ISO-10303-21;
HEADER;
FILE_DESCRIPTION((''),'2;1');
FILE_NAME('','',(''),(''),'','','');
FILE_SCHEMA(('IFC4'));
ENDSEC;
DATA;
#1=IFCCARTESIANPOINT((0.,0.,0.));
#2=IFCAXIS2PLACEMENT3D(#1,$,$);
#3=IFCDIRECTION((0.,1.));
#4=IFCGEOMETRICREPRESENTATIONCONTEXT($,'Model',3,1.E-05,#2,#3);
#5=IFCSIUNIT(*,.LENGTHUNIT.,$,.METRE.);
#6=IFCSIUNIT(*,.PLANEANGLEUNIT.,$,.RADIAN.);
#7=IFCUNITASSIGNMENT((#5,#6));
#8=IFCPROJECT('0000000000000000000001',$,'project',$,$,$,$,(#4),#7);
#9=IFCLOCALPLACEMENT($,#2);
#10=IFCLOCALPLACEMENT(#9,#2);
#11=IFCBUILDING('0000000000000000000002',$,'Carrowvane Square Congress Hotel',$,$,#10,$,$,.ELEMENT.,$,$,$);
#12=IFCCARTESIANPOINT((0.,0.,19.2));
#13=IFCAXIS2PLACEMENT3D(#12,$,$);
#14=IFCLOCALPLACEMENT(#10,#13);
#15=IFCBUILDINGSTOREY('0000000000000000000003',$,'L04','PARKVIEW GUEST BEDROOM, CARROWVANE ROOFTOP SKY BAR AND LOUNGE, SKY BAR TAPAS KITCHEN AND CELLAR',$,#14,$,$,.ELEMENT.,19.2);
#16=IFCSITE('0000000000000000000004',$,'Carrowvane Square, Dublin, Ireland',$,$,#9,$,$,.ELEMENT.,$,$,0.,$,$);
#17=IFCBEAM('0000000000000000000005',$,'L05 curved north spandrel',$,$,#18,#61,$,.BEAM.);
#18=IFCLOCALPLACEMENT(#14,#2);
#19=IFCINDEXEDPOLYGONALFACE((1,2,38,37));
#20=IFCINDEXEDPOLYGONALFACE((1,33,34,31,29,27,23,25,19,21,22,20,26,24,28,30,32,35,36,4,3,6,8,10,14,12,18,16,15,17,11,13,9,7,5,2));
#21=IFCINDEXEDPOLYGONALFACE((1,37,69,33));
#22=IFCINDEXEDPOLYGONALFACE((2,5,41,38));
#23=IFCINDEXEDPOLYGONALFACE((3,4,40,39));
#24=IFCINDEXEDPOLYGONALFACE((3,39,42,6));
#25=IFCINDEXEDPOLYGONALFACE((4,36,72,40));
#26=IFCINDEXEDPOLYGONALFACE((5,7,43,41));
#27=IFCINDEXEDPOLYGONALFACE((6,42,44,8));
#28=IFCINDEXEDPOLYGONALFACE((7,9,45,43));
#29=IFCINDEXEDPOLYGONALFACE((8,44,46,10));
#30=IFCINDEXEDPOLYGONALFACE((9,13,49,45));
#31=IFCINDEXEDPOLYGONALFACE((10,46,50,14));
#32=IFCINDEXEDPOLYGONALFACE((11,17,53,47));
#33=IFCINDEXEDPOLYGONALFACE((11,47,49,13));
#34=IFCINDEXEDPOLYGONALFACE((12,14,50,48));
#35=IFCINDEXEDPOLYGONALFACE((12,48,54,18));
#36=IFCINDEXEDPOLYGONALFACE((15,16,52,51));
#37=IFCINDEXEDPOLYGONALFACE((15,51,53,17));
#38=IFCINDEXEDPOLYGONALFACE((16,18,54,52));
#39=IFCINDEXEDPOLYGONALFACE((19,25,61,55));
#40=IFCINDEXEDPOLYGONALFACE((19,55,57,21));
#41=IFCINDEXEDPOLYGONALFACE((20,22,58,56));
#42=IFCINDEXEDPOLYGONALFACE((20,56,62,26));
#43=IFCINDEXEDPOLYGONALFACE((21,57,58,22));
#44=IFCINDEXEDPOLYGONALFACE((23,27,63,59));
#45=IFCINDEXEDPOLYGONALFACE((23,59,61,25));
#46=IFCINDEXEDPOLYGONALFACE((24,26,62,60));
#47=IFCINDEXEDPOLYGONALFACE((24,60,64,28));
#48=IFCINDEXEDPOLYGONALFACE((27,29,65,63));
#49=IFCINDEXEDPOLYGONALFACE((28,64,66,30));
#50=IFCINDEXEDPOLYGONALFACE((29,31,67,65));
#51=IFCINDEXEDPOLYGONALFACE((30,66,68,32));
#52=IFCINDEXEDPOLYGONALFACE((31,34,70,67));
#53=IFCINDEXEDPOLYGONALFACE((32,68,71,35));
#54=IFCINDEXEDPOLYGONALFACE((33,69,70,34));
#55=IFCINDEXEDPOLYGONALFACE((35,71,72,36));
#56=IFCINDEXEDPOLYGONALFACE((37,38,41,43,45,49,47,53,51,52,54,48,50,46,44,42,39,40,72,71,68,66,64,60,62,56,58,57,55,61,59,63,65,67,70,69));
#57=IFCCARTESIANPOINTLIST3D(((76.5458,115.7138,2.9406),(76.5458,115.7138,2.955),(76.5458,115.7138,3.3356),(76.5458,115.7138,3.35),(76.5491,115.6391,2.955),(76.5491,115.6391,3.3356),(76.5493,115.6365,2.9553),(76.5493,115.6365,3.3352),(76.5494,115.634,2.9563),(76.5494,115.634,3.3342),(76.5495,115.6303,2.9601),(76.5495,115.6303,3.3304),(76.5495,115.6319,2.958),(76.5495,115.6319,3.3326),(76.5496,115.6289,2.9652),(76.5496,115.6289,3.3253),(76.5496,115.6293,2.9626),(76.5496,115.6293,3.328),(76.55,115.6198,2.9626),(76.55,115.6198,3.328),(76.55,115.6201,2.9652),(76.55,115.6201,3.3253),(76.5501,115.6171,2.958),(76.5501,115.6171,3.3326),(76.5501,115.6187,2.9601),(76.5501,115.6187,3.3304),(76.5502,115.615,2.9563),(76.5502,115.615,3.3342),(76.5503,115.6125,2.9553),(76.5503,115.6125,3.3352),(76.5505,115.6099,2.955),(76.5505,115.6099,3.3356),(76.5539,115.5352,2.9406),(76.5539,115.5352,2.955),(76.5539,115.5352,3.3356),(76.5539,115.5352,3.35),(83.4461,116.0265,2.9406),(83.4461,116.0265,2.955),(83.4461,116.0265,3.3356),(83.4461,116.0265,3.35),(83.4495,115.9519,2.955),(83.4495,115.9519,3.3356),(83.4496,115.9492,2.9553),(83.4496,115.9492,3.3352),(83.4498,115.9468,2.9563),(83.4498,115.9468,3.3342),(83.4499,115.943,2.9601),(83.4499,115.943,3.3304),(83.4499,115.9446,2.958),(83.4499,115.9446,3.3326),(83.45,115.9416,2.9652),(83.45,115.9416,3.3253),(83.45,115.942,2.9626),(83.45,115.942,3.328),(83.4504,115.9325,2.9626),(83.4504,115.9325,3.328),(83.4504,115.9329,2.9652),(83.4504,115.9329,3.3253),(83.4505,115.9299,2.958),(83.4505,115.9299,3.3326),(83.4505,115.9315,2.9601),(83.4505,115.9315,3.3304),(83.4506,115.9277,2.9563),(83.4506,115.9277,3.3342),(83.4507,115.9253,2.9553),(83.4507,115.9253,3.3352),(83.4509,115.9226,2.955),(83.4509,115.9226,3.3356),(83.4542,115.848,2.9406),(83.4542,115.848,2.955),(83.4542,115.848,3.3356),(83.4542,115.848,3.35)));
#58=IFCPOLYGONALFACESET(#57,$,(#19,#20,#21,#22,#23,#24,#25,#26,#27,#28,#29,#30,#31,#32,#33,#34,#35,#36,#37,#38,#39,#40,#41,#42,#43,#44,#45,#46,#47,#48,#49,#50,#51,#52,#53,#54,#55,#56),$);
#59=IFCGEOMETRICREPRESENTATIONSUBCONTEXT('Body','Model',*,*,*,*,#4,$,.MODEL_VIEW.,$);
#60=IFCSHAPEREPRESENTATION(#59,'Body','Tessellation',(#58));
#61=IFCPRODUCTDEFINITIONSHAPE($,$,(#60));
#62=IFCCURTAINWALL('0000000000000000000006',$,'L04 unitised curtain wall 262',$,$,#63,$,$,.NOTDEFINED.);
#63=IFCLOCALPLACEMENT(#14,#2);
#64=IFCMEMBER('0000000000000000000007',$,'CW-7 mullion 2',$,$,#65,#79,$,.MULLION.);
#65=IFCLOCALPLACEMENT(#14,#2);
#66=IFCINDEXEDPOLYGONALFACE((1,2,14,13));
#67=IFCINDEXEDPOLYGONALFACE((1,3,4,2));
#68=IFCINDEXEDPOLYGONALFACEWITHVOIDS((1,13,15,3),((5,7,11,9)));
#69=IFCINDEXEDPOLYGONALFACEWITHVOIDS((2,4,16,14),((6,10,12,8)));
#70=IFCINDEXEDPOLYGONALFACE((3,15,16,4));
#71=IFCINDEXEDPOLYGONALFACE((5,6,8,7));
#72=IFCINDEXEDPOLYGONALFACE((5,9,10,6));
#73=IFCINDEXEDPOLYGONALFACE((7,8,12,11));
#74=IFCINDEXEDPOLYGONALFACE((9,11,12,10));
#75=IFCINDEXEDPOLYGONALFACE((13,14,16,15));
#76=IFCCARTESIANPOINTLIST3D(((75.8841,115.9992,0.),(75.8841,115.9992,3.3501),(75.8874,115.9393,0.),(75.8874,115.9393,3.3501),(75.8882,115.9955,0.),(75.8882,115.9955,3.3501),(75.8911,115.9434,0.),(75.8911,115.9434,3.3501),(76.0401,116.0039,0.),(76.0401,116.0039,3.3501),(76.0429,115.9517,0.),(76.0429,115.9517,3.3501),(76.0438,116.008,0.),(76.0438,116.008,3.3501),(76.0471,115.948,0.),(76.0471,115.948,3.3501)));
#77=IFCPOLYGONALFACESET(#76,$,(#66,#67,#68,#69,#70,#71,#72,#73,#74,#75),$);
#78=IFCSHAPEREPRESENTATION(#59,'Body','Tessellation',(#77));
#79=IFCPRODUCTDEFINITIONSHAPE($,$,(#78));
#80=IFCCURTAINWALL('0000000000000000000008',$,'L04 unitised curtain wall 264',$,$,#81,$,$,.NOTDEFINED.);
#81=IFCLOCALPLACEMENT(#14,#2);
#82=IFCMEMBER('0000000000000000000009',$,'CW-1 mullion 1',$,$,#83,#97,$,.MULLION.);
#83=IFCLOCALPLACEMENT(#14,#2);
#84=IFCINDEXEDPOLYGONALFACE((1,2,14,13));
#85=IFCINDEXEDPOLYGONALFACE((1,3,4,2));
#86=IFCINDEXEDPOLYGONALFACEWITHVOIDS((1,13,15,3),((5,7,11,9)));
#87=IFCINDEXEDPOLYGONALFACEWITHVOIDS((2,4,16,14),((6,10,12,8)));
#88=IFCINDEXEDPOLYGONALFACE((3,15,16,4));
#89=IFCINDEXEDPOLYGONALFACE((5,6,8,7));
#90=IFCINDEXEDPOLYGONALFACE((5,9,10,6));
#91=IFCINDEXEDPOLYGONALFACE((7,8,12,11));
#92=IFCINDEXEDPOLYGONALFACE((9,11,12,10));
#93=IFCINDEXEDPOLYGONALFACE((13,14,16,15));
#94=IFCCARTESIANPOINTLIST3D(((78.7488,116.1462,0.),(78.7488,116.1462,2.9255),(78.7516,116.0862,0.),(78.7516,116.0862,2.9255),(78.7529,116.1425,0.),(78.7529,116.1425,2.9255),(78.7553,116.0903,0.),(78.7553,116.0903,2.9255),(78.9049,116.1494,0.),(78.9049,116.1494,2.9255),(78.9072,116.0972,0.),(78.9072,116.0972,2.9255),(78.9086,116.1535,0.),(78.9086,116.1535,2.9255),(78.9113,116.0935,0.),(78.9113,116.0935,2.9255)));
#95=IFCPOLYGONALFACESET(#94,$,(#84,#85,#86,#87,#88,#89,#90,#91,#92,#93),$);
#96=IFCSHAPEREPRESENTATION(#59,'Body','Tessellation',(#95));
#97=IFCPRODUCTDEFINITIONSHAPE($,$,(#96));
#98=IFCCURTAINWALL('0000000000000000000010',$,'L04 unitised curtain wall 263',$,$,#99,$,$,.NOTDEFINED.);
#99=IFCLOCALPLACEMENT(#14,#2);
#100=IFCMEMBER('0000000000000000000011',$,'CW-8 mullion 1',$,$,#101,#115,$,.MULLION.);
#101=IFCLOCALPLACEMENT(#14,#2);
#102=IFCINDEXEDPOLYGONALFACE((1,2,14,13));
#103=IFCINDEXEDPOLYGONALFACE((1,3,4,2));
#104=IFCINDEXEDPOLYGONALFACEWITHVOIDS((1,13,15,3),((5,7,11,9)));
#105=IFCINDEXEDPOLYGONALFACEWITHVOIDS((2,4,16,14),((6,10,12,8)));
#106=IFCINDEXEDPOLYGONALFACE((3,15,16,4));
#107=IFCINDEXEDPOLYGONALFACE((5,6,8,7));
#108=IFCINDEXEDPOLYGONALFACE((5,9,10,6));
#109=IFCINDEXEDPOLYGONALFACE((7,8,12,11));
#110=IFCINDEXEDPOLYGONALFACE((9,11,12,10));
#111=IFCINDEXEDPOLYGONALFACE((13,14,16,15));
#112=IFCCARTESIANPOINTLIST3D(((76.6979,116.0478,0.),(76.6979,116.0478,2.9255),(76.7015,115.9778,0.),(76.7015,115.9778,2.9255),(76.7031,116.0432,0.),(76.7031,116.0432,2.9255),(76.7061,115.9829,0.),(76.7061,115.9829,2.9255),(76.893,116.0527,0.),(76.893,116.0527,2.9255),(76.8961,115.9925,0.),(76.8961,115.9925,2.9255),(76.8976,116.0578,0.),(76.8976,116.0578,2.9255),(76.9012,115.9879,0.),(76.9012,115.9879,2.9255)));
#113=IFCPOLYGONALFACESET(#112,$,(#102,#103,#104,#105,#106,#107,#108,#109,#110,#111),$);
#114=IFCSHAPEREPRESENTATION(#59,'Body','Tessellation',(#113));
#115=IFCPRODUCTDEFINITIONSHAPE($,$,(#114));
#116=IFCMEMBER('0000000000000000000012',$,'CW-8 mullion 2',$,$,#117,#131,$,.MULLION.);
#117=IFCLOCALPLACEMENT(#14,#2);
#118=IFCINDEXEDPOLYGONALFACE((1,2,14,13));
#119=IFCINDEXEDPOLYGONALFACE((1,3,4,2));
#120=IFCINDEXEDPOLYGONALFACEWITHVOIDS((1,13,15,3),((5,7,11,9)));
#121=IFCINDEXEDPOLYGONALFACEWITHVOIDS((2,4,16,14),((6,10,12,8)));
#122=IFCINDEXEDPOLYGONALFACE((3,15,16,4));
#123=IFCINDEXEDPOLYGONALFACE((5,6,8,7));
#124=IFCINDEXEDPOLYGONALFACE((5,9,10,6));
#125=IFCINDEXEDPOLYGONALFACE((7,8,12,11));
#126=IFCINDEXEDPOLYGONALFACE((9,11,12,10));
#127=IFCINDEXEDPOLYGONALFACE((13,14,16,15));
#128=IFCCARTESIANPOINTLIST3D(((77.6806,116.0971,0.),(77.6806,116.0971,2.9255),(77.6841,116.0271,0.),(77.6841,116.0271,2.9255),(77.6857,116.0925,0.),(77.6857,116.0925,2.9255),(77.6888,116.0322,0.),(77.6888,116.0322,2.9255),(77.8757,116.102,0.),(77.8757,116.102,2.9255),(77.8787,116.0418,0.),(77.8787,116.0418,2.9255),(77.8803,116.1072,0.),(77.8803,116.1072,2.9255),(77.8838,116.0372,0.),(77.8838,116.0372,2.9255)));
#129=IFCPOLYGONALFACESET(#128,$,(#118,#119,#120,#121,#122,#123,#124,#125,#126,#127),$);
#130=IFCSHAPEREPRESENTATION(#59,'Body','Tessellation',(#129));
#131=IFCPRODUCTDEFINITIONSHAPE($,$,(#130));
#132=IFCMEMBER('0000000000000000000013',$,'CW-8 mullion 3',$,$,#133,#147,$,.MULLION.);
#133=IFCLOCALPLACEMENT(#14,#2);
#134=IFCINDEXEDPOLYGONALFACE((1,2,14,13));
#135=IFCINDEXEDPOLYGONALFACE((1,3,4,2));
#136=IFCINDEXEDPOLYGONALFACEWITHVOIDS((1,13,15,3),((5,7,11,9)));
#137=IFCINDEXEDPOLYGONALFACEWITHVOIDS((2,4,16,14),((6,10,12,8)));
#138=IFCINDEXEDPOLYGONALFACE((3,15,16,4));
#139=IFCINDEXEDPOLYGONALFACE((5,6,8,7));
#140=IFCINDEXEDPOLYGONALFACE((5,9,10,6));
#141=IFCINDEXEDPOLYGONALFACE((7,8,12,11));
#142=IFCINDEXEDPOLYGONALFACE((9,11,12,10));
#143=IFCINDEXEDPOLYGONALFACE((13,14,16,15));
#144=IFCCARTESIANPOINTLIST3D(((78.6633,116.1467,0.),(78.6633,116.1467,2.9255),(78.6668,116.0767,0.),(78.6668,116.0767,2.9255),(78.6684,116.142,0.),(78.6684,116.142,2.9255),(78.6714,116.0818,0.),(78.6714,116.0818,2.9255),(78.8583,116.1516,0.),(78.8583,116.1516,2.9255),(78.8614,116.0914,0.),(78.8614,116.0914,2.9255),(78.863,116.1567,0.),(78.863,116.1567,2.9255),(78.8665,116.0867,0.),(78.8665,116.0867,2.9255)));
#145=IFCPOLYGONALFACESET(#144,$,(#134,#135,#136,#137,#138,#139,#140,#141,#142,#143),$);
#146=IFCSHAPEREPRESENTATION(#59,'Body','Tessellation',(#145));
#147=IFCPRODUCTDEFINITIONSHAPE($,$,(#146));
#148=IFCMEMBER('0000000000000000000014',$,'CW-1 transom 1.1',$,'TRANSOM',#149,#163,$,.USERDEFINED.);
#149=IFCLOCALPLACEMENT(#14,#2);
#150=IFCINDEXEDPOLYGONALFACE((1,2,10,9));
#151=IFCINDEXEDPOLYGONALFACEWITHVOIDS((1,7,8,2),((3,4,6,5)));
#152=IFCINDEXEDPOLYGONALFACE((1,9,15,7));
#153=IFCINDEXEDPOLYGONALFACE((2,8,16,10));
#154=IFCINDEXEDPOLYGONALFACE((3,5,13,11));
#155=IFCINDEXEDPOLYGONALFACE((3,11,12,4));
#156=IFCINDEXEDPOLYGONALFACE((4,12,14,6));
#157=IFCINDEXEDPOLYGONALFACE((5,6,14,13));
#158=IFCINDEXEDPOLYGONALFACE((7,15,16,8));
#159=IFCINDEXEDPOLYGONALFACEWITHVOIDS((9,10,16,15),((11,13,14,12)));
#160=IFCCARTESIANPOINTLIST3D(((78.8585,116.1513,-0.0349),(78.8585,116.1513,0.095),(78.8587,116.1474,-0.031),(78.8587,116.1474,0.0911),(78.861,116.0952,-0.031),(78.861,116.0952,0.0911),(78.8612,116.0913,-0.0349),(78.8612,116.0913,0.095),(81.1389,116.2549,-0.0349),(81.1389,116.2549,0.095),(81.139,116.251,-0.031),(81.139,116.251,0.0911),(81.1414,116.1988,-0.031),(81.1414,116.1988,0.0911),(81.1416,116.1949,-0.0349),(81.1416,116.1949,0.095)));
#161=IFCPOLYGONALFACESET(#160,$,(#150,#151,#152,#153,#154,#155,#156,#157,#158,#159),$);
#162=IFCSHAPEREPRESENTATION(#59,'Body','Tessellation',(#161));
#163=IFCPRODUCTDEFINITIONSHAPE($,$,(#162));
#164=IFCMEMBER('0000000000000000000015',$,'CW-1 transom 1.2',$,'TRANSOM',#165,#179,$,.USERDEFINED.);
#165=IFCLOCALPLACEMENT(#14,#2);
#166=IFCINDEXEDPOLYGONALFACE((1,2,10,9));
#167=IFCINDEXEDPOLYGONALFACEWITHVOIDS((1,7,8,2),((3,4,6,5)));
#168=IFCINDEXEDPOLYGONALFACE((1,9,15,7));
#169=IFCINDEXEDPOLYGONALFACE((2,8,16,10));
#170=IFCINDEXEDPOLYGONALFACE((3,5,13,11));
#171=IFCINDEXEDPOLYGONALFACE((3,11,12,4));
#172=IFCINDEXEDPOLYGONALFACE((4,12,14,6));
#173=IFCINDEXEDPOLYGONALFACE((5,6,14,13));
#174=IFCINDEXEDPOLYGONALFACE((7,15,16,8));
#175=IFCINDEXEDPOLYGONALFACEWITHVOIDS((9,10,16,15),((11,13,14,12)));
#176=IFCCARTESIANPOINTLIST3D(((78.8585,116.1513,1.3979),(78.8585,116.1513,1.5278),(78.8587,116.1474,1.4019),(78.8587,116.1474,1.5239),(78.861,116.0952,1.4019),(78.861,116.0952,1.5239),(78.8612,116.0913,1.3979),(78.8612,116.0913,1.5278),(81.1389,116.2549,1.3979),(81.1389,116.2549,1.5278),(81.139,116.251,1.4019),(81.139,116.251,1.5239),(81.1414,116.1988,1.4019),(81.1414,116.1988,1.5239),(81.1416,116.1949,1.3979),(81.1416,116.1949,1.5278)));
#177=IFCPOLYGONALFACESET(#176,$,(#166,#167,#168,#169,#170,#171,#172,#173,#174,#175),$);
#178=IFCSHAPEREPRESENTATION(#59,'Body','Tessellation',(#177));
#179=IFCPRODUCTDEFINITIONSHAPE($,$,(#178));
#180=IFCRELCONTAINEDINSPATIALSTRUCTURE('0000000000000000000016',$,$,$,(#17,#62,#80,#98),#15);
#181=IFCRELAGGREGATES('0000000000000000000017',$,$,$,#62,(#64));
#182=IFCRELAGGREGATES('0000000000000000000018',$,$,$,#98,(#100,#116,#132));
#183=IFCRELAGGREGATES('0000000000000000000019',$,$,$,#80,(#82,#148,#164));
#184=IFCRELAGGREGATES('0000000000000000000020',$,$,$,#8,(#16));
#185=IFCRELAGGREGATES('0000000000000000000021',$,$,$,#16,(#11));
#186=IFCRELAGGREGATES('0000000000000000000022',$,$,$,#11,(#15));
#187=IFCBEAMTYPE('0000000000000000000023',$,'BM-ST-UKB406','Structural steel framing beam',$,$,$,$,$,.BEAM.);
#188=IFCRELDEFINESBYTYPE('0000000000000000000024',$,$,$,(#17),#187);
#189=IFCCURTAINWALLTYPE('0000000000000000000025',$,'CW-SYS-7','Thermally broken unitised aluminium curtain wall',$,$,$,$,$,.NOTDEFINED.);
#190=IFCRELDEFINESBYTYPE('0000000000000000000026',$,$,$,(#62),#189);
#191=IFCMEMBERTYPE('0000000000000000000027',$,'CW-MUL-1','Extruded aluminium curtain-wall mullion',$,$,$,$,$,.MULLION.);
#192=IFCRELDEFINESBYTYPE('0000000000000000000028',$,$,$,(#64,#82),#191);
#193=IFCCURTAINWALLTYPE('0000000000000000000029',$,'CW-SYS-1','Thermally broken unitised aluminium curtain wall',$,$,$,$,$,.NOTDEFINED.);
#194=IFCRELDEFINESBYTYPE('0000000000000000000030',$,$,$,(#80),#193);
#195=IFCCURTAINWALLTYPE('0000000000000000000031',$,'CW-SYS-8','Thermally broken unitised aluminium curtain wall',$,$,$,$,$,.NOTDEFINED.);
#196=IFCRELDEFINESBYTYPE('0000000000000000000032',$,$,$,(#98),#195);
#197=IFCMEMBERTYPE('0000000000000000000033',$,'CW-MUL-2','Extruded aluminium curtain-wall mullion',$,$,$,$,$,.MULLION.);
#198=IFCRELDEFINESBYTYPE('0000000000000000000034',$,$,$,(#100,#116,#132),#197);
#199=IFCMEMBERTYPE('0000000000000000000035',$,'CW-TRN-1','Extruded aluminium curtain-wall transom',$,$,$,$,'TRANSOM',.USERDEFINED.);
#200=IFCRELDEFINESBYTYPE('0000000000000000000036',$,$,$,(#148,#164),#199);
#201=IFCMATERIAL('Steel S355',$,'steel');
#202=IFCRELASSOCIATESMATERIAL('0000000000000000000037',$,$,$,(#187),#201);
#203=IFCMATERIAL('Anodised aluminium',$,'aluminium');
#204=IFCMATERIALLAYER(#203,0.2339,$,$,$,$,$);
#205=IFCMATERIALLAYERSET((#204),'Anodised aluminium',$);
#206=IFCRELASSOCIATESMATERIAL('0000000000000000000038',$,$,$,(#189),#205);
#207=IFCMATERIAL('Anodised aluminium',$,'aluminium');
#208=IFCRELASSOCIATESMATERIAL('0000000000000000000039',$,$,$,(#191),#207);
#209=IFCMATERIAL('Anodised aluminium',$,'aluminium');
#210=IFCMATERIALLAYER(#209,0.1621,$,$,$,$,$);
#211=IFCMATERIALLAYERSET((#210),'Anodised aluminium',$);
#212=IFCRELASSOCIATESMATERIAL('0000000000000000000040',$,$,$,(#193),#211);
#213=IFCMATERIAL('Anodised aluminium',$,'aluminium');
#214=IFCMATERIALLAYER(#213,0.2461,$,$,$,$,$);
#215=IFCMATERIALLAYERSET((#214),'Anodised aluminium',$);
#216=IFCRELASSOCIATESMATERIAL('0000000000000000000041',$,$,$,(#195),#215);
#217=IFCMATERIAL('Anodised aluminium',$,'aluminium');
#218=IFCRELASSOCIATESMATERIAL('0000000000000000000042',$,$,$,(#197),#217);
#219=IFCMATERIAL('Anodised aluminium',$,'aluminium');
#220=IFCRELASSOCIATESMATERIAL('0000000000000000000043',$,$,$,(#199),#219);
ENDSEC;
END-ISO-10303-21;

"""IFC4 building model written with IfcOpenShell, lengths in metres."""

from ifc_helpers import new_model, si_unit, direction, frame, origin, origin_2d, place, context, subcontext, project, spatial, hollow_rectangle, i_section, extrude, material, layer, layer_set, material_profile, profile_set, type_object, element, aggregate, save


model = new_model("IFC4")

# Units and contexts
model_context = context("Model", 3, precision=1e-05, world=origin(), true_north=direction((0.0, 1.0)))
body_context = subcontext(model_context, "Body", "Model", "MODEL_VIEW")
ifc_project = project(units=[si_unit("LENGTHUNIT", "METRE"), si_unit("PLANEANGLEUNIT", "RADIAN")], contexts=[model_context])

# Site, building, storey
site_placement = place(None, origin())
site = spatial("IfcSite", under=ifc_project, at=site_placement, Name="Carrowvane Square, Dublin, Ireland", CompositionType="ELEMENT", RefElevation=0.0)
building_placement = place(site_placement, origin())
building = spatial("IfcBuilding", under=site, at=building_placement, Name="Carrowvane Square Congress Hotel", CompositionType="ELEMENT")
storey_placement = place(building_placement, frame((0.0, 0.0, 19.2)))
storey = spatial("IfcBuildingStorey", under=building, at=storey_placement, Name="L04", Description="PARKVIEW GUEST BEDROOM, CARROWVANE ROOFTOP SKY BAR AND LOUNGE, SKY BAR TAPAS KITCHEN AND CELLAR", CompositionType="ELEMENT", Elevation=19.2)

# Beam
ifc_material_1 = material(Name="Steel S355", Category="steel")
ifc_material_profile_1 = material_profile(ifc_material_1, i_section(OverallWidth=0.1787, OverallDepth=0.4094, WebThickness=0.0088, FlangeThickness=0.0144, FilletRadius=0.0103, at=origin_2d()), Name="UKB 406x178x67")
ifc_profile_set_1 = profile_set([ifc_material_profile_1], Name="Steel S355")
beam_type = type_object("IfcBeamType", Name="BM-ST-UKB406", Description="Structural steel framing beam", PredefinedType="BEAM", material=ifc_profile_set_1)
beam_placement = place(storey_placement, frame((76.5498, 115.6245, 3.1453), z_axis=(0.998975, 0.045276, 0.0), x_axis=(-0.045276, 0.998975, 0.0)))
element("IfcBeam", 1, at=beam_placement, inside=storey, type_object=beam_type, Name="L05 curved north spandrel", PredefinedType="BEAM", context=body_context, shape_type="SweptSolid", body=[
    extrude(i_section(OverallWidth=0.1787, OverallDepth=0.4094, WebThickness=0.0088, FlangeThickness=0.0144, FilletRadius=0.0103, at=origin_2d()), origin(), (0.0, 0.0, 1.0), 6.9075),
])

# Curtain walls, members
ifc_material_2 = material(Name="Anodised aluminium", Category="aluminium")
ifc_layer_1 = layer(ifc_material_2, 0.2339)
ifc_layer_set_1 = layer_set([ifc_layer_1], Name="Anodised aluminium")
curtain_wall_type_1 = type_object("IfcCurtainWallType", Name="CW-SYS-7", Description="Thermally broken unitised aluminium curtain wall", PredefinedType="NOTDEFINED", material=ifc_layer_set_1)
curtain_wall_1_placement = place(storey_placement, origin())
curtain_wall_1 = element("IfcCurtainWall", 2, at=curtain_wall_1_placement, inside=storey, type_object=curtain_wall_type_1, Name="L04 unitised curtain wall 262", PredefinedType="NOTDEFINED")
ifc_material_3 = material(Name="Anodised aluminium", Category="aluminium")
ifc_material_profile_2 = material_profile(ifc_material_3, hollow_rectangle(XDim=0.0601, YDim=0.1599, WallThickness=0.0039, at=origin_2d()), Name="CW-ML 60x160x4")
ifc_profile_set_2 = profile_set([ifc_material_profile_2], Name="Anodised aluminium")
member_type_1 = type_object("IfcMemberType", Name="CW-MUL-1", Description="Extruded aluminium curtain-wall mullion", PredefinedType="MULLION", material=ifc_profile_set_2)
member_1_placement = place(storey_placement, frame((75.9656, 115.9736, 0.0), z_axis=(0.0, 0.0, 1.0), x_axis=(-0.054816, 0.998496, 0.0)))
member_1 = element("IfcMember", 3, at=member_1_placement, type_object=member_type_1, Name="CW-7 mullion 2", PredefinedType="MULLION", context=body_context, shape_type="SweptSolid", body=[
    extrude(hollow_rectangle(XDim=0.0601, YDim=0.1599, WallThickness=0.0039, at=origin_2d()), origin(), (0.0, 0.0, 1.0), 3.3501),
])
aggregate(curtain_wall_1, [member_1])
ifc_material_4 = material(Name="Anodised aluminium", Category="aluminium")
ifc_layer_2 = layer(ifc_material_4, 0.1621)
ifc_layer_set_2 = layer_set([ifc_layer_2], Name="Anodised aluminium")
curtain_wall_type_2 = type_object("IfcCurtainWallType", Name="CW-SYS-1", Description="Thermally broken unitised aluminium curtain wall", PredefinedType="NOTDEFINED", material=ifc_layer_set_2)
curtain_wall_2_placement = place(storey_placement, origin())
curtain_wall_2 = element("IfcCurtainWall", 4, at=curtain_wall_2_placement, inside=storey, type_object=curtain_wall_type_2, Name="L04 unitised curtain wall 264", PredefinedType="NOTDEFINED")
member_2_placement = place(storey_placement, frame((78.8301, 116.1199, 0.0), z_axis=(0.0, 0.0, 1.0), x_axis=(-0.045411, 0.998968, 0.0)))
member_2 = element("IfcMember", 5, at=member_2_placement, type_object=member_type_1, Name="CW-1 mullion 1", PredefinedType="MULLION", context=body_context, shape_type="SweptSolid", body=[
    extrude(hollow_rectangle(XDim=0.0601, YDim=0.1599, WallThickness=0.0039, at=origin_2d()), origin(), (0.0, 0.0, 1.0), 2.9255),
])

# Curtain wall, members
ifc_material_5 = material(Name="Anodised aluminium", Category="aluminium")
ifc_layer_3 = layer(ifc_material_5, 0.2461)
ifc_layer_set_3 = layer_set([ifc_layer_3], Name="Anodised aluminium")
curtain_wall_type_3 = type_object("IfcCurtainWallType", Name="CW-SYS-8", Description="Thermally broken unitised aluminium curtain wall", PredefinedType="NOTDEFINED", material=ifc_layer_set_3)
curtain_wall_3_placement = place(storey_placement, origin())
curtain_wall_3 = element("IfcCurtainWall", 6, at=curtain_wall_3_placement, inside=storey, type_object=curtain_wall_type_3, Name="L04 unitised curtain wall 263", PredefinedType="NOTDEFINED")
ifc_material_6 = material(Name="Anodised aluminium", Category="aluminium")
ifc_material_profile_3 = material_profile(ifc_material_6, hollow_rectangle(XDim=0.0701, YDim=0.2, WallThickness=0.0049, at=origin_2d()), Name="CW-ML 70x200x5")
ifc_profile_set_3 = profile_set([ifc_material_profile_3], Name="Anodised aluminium")
member_type_2 = type_object("IfcMemberType", Name="CW-MUL-2", Description="Extruded aluminium curtain-wall mullion", PredefinedType="MULLION", material=ifc_profile_set_3)
member_3_placement = place(storey_placement, frame((76.7996, 116.0178, 0.0), z_axis=(0.0, 0.0, 1.0), x_axis=(-0.050324, 0.998733, 0.0)))
member_3 = element("IfcMember", 7, at=member_3_placement, type_object=member_type_2, Name="CW-8 mullion 1", PredefinedType="MULLION", context=body_context, shape_type="SweptSolid", body=[
    extrude(hollow_rectangle(XDim=0.0701, YDim=0.2, WallThickness=0.0049, at=origin_2d()), origin(), (0.0, 0.0, 1.0), 2.9255),
])
member_4_placement = place(storey_placement, frame((77.7822, 116.0671, 0.0), z_axis=(0.0, 0.0, 1.0), x_axis=(-0.050324, 0.998733, 0.0)))
member_4 = element("IfcMember", 8, at=member_4_placement, type_object=member_type_2, Name="CW-8 mullion 2", PredefinedType="MULLION", context=body_context, shape_type="SweptSolid", body=[
    extrude(hollow_rectangle(XDim=0.0701, YDim=0.2, WallThickness=0.0049, at=origin_2d()), origin(), (0.0, 0.0, 1.0), 2.9255),
])
member_5_placement = place(storey_placement, frame((78.7649, 116.1167, 0.0), z_axis=(0.0, 0.0, 1.0), x_axis=(-0.050324, 0.998733, 0.0)))
member_5 = element("IfcMember", 9, at=member_5_placement, type_object=member_type_2, Name="CW-8 mullion 3", PredefinedType="MULLION", context=body_context, shape_type="SweptSolid", body=[
    extrude(hollow_rectangle(XDim=0.0701, YDim=0.2, WallThickness=0.0049, at=origin_2d()), origin(), (0.0, 0.0, 1.0), 2.9255),
])

# Members
ifc_material_7 = material(Name="Anodised aluminium", Category="aluminium")
ifc_material_profile_4 = material_profile(ifc_material_7, hollow_rectangle(XDim=0.0601, YDim=0.1299, WallThickness=0.0039, at=origin_2d()), Name="CW-TR 60x130x4")
ifc_profile_set_4 = profile_set([ifc_material_profile_4], Name="Anodised aluminium")
member_type_3 = type_object("IfcMemberType", Name="CW-TRN-1", Description="Extruded aluminium curtain-wall transom", ElementType="TRANSOM", PredefinedType="USERDEFINED", material=ifc_profile_set_4)
member_6_placement = place(storey_placement, frame((78.8599, 116.1213, 0.03), z_axis=(0.998971, 0.045349, 0.0), x_axis=(-0.045349, 0.998971, 0.0)))
member_6 = element("IfcMember", 10, at=member_6_placement, type_object=member_type_3, Name="CW-1 transom 1.1", ObjectType="TRANSOM", PredefinedType="USERDEFINED", context=body_context, shape_type="SweptSolid", body=[
    extrude(hollow_rectangle(XDim=0.0601, YDim=0.1299, WallThickness=0.0039, at=origin_2d()), origin(), (0.0, 0.0, 1.0), 2.2827),
])
member_7_placement = place(storey_placement, frame((78.8599, 116.1213, 1.4629), z_axis=(0.998971, 0.045349, 0.0), x_axis=(-0.045349, 0.998971, 0.0)))
member_7 = element("IfcMember", 11, at=member_7_placement, type_object=member_type_3, Name="CW-1 transom 1.2", ObjectType="TRANSOM", PredefinedType="USERDEFINED", context=body_context, shape_type="SweptSolid", body=[
    extrude(hollow_rectangle(XDim=0.0601, YDim=0.1299, WallThickness=0.0039, at=origin_2d()), origin(), (0.0, 0.0, 1.0), 2.2827),
])

aggregate(curtain_wall_3, [member_3, member_4, member_5])
aggregate(curtain_wall_2, [member_2, member_6, member_7])

save(model, "model.ifc")
